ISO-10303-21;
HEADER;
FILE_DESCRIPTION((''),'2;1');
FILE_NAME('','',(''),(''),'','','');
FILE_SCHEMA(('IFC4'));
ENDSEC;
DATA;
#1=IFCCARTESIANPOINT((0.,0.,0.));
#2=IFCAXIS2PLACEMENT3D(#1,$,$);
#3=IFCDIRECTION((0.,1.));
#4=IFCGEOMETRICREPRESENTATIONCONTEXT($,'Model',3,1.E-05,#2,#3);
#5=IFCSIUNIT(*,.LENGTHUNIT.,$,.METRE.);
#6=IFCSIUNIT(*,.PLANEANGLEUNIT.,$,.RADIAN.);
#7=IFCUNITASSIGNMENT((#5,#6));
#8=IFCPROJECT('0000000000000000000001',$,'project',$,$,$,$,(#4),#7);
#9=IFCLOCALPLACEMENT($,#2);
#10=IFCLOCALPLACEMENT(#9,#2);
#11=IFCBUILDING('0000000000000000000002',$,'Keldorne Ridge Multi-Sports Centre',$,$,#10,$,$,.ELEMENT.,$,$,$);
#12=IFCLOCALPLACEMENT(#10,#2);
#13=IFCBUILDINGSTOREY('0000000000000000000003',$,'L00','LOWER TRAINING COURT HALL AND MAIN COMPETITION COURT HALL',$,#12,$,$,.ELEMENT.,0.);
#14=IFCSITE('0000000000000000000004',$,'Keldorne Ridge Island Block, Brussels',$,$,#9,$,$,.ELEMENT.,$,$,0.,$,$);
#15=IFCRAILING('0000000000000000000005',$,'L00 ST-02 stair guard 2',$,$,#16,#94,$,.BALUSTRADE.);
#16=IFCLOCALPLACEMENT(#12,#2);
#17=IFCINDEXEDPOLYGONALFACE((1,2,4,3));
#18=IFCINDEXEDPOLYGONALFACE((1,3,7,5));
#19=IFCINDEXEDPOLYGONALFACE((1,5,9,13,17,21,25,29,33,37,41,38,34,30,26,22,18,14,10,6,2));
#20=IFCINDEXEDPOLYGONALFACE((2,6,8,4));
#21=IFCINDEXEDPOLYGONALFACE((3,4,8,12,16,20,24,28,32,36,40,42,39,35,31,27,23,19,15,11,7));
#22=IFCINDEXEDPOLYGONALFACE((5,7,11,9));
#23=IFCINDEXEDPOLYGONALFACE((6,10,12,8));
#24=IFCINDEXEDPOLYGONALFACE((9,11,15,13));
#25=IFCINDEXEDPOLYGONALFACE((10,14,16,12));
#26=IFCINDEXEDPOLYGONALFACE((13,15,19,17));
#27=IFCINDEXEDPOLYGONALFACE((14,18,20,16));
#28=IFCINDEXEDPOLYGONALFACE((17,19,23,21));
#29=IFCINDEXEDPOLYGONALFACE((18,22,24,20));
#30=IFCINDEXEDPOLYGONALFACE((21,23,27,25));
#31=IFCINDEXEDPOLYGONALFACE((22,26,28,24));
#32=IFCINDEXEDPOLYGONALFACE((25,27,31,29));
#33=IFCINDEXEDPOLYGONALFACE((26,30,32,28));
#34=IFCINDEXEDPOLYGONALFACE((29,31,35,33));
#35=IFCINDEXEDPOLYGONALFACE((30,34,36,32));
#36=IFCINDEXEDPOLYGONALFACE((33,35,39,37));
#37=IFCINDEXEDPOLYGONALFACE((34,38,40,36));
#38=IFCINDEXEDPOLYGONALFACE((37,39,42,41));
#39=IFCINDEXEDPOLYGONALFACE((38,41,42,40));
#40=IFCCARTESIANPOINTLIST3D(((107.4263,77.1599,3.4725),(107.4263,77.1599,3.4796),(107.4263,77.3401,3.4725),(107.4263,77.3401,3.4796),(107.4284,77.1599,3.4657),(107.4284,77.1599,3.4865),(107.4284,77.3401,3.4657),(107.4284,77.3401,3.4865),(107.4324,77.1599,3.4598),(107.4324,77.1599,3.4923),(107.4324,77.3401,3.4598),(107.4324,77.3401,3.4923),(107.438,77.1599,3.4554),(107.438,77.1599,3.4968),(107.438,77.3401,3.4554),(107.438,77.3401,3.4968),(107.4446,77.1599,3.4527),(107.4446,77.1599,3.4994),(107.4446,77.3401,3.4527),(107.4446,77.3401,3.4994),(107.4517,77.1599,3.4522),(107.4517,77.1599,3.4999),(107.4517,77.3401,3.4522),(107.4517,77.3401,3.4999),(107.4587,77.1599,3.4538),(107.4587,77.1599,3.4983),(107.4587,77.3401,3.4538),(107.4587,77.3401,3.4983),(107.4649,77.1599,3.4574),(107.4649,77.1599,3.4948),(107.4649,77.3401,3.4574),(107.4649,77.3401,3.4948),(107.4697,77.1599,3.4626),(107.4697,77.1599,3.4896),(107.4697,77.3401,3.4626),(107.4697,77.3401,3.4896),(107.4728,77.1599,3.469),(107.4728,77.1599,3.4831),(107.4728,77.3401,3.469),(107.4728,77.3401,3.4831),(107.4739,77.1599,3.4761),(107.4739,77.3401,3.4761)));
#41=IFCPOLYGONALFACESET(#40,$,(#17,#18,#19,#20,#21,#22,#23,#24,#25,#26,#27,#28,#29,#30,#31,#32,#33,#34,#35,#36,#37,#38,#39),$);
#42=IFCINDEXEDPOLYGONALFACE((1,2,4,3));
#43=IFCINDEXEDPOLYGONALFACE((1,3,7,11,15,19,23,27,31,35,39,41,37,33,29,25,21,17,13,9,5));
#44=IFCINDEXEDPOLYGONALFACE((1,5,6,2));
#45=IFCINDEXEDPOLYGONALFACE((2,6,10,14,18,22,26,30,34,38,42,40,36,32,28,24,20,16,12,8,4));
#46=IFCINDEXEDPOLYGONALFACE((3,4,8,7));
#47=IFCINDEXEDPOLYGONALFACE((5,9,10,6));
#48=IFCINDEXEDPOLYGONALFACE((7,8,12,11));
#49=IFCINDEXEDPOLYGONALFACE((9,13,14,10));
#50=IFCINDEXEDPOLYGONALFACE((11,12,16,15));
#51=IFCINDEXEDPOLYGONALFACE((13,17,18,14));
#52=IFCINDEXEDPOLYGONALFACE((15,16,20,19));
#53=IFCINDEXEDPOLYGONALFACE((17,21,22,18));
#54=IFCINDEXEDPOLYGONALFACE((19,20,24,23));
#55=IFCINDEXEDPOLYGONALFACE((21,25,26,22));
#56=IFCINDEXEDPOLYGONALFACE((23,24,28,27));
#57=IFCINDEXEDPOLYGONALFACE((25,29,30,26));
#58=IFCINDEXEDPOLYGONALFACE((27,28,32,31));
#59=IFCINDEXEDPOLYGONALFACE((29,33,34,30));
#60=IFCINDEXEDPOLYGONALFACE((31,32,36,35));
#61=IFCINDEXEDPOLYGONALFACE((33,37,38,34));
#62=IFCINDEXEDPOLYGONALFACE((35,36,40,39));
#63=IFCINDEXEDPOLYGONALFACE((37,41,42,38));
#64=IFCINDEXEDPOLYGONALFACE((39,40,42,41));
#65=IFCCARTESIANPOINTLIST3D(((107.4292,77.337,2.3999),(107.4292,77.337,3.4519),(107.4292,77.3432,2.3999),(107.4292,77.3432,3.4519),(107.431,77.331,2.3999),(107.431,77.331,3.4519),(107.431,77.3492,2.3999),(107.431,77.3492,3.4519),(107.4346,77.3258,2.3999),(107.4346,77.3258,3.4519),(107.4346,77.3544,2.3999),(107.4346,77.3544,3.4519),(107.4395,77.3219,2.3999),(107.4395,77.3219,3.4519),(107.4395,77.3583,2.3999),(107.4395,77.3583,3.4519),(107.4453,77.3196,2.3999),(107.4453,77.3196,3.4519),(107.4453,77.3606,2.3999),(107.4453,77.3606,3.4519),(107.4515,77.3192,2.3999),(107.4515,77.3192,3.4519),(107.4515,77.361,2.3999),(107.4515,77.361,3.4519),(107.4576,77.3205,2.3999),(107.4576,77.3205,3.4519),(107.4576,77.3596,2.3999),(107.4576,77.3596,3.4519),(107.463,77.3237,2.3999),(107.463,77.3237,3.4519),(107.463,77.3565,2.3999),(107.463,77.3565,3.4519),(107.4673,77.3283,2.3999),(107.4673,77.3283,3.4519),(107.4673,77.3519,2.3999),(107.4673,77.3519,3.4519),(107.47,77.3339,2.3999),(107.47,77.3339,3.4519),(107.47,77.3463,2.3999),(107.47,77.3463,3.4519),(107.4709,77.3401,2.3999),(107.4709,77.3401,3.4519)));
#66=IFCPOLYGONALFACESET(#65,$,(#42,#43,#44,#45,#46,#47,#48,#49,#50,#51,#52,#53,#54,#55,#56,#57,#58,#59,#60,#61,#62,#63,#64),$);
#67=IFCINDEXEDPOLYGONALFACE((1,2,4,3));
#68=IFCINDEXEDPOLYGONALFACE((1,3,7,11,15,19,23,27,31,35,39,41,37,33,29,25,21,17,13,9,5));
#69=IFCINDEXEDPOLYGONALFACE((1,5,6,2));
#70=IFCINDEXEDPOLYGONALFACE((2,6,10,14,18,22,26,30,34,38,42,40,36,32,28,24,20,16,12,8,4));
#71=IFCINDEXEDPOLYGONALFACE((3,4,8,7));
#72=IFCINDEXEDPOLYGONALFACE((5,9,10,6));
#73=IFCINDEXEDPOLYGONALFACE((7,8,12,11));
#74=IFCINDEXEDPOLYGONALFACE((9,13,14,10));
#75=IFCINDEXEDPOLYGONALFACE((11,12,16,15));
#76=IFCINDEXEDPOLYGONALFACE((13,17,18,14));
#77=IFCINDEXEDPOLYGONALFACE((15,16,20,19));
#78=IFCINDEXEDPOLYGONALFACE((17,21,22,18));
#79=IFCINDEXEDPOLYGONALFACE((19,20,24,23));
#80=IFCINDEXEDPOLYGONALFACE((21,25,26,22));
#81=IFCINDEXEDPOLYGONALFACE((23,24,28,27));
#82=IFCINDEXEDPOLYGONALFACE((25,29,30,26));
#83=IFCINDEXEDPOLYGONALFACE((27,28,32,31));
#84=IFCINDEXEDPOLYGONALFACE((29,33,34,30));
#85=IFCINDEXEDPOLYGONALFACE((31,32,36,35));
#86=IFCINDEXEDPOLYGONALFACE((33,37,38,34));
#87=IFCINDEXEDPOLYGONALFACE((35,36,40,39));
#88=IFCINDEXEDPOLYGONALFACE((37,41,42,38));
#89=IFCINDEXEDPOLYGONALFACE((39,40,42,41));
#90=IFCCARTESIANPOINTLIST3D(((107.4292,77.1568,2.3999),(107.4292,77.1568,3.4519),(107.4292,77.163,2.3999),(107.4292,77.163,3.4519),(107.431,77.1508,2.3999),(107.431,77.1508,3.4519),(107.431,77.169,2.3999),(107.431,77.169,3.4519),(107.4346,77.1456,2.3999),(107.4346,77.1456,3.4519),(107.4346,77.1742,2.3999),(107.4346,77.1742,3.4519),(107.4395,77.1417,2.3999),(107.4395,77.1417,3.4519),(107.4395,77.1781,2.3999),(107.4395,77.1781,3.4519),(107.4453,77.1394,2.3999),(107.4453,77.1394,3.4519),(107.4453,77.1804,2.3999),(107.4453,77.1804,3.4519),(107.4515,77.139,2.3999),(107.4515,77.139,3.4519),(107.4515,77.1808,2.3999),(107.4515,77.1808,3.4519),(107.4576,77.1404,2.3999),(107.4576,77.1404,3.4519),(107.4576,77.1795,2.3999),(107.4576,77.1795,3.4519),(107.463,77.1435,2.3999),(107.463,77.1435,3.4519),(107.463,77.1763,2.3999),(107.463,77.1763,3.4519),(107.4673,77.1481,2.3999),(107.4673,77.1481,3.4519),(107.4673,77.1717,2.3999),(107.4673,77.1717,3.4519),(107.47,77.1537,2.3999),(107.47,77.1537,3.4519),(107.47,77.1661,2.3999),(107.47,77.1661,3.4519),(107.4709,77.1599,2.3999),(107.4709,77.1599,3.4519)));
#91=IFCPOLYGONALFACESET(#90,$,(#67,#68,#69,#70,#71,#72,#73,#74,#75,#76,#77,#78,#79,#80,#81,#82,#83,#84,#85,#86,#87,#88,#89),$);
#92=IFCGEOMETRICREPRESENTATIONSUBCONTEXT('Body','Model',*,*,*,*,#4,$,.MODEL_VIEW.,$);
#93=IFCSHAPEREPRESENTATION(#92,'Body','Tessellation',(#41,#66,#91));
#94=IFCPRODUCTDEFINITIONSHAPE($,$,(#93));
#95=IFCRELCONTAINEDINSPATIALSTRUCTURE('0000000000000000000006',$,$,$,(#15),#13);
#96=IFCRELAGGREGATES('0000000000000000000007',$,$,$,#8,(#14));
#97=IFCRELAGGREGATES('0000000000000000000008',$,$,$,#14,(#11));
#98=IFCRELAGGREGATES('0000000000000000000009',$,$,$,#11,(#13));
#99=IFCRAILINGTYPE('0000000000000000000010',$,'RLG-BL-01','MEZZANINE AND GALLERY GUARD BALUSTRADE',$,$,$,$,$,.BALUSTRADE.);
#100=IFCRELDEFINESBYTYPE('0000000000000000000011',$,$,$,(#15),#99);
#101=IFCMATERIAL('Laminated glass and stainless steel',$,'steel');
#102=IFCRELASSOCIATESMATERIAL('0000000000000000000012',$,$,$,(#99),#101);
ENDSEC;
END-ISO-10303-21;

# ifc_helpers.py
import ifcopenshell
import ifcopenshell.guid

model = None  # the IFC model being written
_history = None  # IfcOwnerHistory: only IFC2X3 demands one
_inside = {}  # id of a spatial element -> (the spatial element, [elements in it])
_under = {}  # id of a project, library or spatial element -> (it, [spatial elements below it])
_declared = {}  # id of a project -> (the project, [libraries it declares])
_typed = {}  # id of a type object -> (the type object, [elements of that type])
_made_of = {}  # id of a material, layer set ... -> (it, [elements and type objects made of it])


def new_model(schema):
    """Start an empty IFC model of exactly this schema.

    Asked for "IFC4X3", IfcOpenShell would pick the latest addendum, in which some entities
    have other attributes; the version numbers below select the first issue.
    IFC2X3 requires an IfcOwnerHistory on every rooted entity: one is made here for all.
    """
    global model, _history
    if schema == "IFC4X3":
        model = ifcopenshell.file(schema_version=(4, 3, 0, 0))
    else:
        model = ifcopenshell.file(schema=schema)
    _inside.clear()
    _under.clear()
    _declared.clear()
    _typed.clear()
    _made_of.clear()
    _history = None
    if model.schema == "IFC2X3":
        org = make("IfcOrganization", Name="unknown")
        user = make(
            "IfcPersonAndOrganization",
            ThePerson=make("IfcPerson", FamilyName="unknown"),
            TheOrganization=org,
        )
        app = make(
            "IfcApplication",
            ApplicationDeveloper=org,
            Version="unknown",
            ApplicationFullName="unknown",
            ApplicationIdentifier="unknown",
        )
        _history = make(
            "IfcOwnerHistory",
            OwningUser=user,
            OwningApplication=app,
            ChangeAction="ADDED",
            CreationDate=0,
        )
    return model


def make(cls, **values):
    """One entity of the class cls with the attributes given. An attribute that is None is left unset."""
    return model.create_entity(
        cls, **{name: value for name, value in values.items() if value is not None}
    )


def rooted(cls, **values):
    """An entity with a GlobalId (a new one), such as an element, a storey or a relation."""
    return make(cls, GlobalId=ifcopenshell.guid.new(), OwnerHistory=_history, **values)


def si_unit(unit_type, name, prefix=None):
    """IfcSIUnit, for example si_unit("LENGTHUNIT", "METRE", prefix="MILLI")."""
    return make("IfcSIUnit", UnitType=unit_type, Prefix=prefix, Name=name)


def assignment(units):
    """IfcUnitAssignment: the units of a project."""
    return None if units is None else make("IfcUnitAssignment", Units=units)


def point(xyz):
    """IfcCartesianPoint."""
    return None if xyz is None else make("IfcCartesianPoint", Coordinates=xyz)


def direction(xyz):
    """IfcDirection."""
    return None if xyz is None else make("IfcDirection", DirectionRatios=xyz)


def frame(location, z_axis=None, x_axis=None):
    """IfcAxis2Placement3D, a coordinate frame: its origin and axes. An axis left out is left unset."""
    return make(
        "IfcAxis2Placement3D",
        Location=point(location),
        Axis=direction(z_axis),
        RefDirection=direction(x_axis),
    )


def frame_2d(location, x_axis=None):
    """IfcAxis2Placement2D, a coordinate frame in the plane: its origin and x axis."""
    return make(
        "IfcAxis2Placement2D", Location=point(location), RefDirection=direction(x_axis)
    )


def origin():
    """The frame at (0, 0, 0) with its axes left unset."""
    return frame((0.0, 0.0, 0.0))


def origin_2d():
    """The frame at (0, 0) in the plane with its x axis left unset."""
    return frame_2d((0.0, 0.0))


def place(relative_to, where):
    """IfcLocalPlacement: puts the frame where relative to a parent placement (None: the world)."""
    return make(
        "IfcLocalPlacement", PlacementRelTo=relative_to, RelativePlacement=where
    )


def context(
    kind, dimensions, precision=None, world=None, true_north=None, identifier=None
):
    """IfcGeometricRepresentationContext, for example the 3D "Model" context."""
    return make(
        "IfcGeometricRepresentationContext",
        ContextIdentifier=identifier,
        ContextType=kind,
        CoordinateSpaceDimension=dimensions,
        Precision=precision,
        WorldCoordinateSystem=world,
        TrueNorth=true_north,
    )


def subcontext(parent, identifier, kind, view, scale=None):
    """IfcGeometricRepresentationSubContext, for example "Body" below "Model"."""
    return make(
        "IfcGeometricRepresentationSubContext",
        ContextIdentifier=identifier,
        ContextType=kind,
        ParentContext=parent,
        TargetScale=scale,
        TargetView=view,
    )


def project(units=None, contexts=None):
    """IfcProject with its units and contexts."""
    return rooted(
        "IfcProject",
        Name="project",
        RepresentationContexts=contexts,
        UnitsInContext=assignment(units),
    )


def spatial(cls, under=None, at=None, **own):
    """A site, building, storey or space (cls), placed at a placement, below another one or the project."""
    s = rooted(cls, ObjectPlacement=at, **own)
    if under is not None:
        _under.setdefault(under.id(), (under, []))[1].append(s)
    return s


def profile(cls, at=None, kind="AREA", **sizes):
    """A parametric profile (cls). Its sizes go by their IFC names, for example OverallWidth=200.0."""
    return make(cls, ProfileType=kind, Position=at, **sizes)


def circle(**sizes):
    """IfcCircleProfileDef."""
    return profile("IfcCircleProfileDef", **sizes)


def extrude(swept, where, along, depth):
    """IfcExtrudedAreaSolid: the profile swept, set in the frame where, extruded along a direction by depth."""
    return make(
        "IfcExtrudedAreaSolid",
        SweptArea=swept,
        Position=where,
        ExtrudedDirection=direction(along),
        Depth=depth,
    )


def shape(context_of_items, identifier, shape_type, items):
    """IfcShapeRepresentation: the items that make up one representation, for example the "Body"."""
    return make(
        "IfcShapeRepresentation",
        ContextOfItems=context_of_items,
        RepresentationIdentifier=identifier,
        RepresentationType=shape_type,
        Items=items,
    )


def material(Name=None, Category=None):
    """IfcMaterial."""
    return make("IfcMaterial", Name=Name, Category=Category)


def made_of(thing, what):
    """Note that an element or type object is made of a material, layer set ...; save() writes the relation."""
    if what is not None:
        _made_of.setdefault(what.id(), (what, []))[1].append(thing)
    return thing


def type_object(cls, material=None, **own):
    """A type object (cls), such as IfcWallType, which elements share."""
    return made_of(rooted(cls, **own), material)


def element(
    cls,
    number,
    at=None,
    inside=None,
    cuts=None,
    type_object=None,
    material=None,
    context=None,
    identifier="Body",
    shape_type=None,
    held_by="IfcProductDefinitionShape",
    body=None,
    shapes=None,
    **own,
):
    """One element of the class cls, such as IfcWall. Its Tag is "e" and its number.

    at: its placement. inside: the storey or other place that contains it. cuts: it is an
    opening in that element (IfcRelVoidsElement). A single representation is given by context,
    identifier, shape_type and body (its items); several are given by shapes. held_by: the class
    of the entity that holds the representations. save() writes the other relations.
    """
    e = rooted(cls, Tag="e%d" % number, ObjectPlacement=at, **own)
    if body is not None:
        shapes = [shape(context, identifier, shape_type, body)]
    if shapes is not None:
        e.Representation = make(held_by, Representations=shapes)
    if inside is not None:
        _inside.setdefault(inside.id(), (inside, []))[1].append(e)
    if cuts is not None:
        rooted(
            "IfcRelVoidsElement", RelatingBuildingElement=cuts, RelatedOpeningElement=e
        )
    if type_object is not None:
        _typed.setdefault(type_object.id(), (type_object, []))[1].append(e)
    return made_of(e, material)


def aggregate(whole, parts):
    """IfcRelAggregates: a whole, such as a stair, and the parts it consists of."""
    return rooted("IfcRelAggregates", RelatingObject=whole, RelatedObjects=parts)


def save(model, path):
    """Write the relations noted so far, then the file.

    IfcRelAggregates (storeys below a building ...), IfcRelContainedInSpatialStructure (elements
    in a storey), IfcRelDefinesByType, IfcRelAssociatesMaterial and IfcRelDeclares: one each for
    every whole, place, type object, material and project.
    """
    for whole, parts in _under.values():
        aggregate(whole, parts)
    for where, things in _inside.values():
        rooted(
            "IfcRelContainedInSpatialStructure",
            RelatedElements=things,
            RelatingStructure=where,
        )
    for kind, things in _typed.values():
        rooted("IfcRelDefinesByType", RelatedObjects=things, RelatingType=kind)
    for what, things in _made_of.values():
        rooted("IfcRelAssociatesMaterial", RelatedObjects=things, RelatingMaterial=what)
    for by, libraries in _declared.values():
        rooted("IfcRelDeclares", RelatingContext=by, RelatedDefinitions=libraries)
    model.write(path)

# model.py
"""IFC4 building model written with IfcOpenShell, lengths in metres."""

from ifc_helpers import new_model, si_unit, direction, frame, origin, origin_2d, place, context, subcontext, project, spatial, circle, extrude, material, type_object, element, save


model = new_model("IFC4")

# Units and contexts
model_context = context("Model", 3, precision=1e-05, world=origin(), true_north=direction((0.0, 1.0)))
body_context = subcontext(model_context, "Body", "Model", "MODEL_VIEW")
ifc_project = project(units=[si_unit("LENGTHUNIT", "METRE"), si_unit("PLANEANGLEUNIT", "RADIAN")], contexts=[model_context])

# Site, building, storey
site_placement = place(None, origin())
site = spatial("IfcSite", under=ifc_project, at=site_placement, Name="Keldorne Ridge Island Block, Brussels", CompositionType="ELEMENT", RefElevation=0.0)
building_placement = place(site_placement, origin())
building = spatial("IfcBuilding", under=site, at=building_placement, Name="Keldorne Ridge Multi-Sports Centre", CompositionType="ELEMENT")
storey_placement = place(building_placement, origin())
storey = spatial("IfcBuildingStorey", under=building, at=storey_placement, Name="L00", Description="LOWER TRAINING COURT HALL AND MAIN COMPETITION COURT HALL", CompositionType="ELEMENT", Elevation=0.0)

# Railing
ifc_material_1 = material(Name="Laminated glass and stainless steel", Category="steel")
railing_type_1 = type_object("IfcRailingType", Name="RLG-BL-01", Description="MEZZANINE AND GALLERY GUARD BALUSTRADE", PredefinedType="BALUSTRADE", material=ifc_material_1)
railing_1_placement = place(storey_placement, frame((107.45, 77.3401, 2.3999)))
element("IfcRailing", 1, at=railing_1_placement, inside=storey, type_object=railing_type_1, Name="L00 ST-02 stair guard 2", PredefinedType="BALUSTRADE", context=body_context, shape_type="SweptSolid", body=[
    extrude(circle(Radius=0.0239, at=origin_2d()), frame((0.0, 0.0, 1.0762), z_axis=(0.0, -1.0, 0.0), x_axis=(1.0, 0.0, 0.0)), (0.0, 0.0, 1.0), 0.1802),
    extrude(circle(Radius=0.021, at=origin_2d()), origin(), (0.0, 0.0, 1.0), 1.052),
    extrude(circle(Radius=0.021, at=origin_2d()), frame((0.0, -0.1802, 0.0)), (0.0, 0.0, 1.0), 1.052),
])

save(model, "model.ifc")
